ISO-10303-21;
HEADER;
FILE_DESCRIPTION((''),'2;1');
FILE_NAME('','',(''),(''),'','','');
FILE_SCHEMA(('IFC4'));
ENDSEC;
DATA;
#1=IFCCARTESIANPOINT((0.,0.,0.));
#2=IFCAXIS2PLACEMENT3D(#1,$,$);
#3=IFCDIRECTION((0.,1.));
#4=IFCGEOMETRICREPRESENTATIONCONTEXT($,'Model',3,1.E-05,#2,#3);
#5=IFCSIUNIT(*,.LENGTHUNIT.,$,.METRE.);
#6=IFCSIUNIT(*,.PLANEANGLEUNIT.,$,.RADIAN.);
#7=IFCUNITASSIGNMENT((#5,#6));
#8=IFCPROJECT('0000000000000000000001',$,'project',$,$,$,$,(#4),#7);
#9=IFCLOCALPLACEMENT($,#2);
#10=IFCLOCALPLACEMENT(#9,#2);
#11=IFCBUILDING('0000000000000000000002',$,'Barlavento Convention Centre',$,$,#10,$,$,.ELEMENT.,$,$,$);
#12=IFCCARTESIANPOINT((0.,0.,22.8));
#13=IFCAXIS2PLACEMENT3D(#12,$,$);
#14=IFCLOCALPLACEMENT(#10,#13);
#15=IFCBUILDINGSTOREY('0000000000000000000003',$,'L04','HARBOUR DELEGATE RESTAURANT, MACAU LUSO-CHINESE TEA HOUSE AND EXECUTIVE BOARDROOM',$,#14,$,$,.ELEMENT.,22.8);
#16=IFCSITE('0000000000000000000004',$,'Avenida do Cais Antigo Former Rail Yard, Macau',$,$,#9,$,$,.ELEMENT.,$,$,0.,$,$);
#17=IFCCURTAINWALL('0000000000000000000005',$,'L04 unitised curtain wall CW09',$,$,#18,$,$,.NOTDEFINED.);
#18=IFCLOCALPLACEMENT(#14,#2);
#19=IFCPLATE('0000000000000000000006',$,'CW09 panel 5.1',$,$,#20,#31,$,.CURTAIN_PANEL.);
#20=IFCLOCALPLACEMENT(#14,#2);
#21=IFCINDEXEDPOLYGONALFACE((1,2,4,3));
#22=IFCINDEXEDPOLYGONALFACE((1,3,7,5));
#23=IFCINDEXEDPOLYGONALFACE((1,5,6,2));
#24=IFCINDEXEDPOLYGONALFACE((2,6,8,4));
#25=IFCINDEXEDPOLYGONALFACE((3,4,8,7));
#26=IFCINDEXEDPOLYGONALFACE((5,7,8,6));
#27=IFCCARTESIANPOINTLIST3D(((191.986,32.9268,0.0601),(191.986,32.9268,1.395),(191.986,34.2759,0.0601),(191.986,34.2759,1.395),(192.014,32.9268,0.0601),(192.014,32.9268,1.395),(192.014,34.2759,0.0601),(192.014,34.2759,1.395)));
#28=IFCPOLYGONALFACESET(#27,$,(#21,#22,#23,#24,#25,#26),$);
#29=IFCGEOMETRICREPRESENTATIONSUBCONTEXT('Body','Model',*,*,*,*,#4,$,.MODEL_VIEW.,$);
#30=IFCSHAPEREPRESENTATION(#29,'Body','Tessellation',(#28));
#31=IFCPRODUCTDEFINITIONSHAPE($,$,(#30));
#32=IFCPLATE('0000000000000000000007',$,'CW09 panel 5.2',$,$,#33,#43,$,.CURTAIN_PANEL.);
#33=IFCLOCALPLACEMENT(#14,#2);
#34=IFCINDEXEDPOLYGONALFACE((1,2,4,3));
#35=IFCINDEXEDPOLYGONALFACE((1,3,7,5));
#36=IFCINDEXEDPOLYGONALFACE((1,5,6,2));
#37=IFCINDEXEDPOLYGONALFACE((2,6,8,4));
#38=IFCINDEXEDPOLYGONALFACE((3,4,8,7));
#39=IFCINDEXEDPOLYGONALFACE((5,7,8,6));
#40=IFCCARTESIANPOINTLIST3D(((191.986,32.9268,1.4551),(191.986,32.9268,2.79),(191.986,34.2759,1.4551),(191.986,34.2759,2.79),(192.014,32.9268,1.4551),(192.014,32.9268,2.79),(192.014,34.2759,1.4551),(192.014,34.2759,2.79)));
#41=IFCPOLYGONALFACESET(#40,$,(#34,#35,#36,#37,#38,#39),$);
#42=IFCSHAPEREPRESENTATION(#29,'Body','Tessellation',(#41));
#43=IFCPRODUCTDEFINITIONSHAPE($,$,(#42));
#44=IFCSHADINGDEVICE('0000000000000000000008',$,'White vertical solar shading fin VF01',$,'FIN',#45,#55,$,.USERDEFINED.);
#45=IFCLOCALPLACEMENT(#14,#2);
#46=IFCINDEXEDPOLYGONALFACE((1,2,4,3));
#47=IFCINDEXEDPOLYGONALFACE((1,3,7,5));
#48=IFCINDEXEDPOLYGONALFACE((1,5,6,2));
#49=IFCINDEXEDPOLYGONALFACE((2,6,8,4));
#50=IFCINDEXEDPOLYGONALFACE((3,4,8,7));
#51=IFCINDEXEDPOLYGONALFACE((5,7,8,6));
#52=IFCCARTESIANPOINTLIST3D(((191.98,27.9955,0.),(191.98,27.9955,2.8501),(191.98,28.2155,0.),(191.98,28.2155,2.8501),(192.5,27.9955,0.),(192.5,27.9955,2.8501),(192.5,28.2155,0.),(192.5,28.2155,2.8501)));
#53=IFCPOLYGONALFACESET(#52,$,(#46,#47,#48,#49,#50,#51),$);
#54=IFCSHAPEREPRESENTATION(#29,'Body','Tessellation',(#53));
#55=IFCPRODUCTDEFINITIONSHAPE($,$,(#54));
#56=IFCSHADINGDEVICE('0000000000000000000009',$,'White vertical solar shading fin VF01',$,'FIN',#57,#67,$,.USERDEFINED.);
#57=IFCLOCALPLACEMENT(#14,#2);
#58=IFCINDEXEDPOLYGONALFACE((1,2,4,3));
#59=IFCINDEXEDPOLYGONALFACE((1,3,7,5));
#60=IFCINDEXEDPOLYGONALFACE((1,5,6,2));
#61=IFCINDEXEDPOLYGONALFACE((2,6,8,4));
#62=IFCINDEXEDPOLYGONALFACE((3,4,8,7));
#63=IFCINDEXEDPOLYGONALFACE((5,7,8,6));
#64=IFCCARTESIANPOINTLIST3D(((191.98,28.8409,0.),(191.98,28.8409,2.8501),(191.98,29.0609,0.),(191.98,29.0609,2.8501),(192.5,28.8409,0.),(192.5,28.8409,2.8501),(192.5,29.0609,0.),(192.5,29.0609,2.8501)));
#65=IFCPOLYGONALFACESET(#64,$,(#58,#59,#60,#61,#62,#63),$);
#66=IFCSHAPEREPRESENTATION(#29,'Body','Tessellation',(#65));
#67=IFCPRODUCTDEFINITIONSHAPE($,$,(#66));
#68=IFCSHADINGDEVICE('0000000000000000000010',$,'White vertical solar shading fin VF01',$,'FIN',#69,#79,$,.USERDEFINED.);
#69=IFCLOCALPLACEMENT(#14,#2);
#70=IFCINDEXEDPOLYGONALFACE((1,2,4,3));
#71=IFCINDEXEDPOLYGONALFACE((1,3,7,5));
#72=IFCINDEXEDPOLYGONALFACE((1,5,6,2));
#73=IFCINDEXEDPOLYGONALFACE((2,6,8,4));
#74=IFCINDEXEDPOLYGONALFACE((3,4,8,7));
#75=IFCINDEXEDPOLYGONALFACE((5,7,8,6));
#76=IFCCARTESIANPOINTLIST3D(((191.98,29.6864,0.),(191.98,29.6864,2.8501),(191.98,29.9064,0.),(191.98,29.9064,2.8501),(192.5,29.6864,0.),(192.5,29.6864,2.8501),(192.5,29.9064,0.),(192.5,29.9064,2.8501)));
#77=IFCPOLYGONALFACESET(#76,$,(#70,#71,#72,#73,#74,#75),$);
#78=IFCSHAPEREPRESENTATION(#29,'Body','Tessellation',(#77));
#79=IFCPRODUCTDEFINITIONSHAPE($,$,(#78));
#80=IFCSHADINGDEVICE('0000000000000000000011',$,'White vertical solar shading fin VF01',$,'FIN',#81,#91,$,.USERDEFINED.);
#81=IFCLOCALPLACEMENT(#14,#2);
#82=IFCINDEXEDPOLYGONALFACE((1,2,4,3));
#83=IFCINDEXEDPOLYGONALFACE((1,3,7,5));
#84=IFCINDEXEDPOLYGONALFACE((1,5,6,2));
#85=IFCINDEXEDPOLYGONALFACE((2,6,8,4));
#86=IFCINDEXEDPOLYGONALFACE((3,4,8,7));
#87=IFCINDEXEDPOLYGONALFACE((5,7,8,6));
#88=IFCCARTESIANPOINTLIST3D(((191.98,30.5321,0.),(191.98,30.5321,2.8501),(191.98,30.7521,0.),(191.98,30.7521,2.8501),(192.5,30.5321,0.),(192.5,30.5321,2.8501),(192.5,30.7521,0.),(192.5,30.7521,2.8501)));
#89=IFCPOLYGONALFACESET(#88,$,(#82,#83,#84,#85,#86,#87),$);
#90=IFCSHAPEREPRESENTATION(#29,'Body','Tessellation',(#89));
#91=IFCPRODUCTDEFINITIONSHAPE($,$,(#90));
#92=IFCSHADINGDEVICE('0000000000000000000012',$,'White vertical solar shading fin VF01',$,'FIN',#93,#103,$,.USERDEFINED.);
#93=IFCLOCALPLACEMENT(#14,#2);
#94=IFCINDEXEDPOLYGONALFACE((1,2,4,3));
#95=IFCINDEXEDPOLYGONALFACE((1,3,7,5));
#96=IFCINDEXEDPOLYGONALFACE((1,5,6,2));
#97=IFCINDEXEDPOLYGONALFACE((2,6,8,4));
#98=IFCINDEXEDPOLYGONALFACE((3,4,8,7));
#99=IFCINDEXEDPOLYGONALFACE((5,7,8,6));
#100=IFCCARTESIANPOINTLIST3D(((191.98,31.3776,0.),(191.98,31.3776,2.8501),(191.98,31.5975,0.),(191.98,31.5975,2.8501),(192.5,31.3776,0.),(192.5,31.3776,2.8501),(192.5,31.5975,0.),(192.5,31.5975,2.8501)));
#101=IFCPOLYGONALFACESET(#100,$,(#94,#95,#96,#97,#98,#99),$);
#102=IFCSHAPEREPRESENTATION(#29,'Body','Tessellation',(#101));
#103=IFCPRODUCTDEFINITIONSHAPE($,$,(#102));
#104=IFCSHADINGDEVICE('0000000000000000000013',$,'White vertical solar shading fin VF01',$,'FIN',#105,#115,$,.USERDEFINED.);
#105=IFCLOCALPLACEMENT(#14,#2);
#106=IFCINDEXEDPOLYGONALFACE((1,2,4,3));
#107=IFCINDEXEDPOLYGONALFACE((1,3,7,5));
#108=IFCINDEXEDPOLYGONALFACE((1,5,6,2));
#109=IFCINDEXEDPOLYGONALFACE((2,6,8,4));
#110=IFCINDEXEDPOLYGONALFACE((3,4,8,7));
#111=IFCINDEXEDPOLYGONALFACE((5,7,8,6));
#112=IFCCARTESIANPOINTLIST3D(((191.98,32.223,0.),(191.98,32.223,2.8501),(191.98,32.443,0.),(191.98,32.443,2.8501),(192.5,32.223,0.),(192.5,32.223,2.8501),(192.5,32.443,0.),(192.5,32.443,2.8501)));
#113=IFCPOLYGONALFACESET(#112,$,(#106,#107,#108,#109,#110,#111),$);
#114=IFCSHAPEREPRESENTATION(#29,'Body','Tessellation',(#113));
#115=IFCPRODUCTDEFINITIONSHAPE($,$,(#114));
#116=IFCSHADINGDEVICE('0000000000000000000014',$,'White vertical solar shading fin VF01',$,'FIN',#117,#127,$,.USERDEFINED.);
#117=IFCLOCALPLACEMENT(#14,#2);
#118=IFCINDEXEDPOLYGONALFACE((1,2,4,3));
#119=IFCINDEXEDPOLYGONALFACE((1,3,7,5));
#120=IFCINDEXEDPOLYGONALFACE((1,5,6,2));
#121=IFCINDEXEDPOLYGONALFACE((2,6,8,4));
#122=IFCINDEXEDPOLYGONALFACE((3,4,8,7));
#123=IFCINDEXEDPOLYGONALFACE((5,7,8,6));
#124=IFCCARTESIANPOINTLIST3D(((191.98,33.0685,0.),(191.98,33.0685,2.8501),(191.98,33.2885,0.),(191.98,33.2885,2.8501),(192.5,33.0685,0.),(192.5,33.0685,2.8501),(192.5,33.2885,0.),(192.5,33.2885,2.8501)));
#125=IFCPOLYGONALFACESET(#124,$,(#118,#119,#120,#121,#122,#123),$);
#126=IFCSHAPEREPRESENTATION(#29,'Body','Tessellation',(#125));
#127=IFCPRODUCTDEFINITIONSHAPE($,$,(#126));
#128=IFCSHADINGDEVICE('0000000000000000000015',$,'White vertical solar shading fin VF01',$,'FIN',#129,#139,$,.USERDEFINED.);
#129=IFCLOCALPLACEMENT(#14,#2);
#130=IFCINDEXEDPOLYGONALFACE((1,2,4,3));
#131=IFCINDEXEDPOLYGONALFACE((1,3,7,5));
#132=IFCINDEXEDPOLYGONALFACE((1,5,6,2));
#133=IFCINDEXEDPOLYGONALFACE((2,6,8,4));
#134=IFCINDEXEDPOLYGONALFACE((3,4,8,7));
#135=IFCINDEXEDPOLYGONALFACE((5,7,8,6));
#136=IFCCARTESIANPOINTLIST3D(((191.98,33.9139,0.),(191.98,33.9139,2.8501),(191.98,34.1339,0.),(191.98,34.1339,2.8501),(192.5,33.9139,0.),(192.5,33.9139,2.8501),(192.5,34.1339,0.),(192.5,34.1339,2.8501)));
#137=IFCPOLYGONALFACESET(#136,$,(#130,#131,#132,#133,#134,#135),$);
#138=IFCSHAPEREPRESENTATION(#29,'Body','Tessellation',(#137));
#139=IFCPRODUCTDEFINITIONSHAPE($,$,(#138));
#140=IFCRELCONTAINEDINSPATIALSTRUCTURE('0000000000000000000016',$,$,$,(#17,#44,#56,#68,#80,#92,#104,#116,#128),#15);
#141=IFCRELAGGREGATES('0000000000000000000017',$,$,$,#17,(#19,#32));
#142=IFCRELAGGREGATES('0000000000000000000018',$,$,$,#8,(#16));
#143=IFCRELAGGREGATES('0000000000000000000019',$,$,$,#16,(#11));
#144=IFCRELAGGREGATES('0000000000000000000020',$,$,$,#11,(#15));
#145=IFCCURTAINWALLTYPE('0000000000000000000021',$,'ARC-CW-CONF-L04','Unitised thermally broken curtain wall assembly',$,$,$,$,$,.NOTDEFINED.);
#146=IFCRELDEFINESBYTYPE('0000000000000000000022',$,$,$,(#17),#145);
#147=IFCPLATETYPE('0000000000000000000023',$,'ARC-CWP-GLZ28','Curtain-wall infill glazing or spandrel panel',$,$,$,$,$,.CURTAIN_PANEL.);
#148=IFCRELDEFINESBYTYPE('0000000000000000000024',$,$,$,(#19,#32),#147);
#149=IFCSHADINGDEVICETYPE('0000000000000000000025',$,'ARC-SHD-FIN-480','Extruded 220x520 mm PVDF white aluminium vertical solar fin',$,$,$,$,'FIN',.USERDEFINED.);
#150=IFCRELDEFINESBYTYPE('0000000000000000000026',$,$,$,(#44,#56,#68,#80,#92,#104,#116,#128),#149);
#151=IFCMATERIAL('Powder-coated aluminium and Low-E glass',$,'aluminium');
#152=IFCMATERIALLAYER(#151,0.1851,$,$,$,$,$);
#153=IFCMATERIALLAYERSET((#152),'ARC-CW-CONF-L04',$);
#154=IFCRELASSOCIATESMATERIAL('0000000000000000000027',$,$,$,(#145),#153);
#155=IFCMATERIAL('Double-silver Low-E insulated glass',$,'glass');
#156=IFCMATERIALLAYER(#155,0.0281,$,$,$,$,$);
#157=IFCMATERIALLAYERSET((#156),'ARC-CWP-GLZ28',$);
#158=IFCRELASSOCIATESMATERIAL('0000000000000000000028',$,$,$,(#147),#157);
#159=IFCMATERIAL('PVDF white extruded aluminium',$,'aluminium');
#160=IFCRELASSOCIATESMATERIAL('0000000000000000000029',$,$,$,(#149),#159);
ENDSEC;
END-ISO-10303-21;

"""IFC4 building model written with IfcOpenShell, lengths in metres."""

from ifc_helpers import new_model, si_unit, direction, frame, origin, origin_2d, place, context, subcontext, project, spatial, rectangle, extrude, material, layer, layer_set, type_object, element, aggregate, save


model = new_model("IFC4")

# Units and contexts
model_context = context("Model", 3, precision=1e-05, world=origin(), true_north=direction((0.0, 1.0)))
body_context = subcontext(model_context, "Body", "Model", "MODEL_VIEW")
ifc_project = project(units=[si_unit("LENGTHUNIT", "METRE"), si_unit("PLANEANGLEUNIT", "RADIAN")], contexts=[model_context])

# Site, building, storey
site_placement = place(None, origin())
site = spatial("IfcSite", under=ifc_project, at=site_placement, Name="Avenida do Cais Antigo Former Rail Yard, Macau", CompositionType="ELEMENT", RefElevation=0.0)
building_placement = place(site_placement, origin())
building = spatial("IfcBuilding", under=site, at=building_placement, Name="Barlavento Convention Centre", CompositionType="ELEMENT")
storey_placement = place(building_placement, frame((0.0, 0.0, 22.8)))
storey = spatial("IfcBuildingStorey", under=building, at=storey_placement, Name="L04", Description="HARBOUR DELEGATE RESTAURANT, MACAU LUSO-CHINESE TEA HOUSE AND EXECUTIVE BOARDROOM", CompositionType="ELEMENT", Elevation=22.8)

# Curtain wall, plates
ifc_material_1 = material(Name="Powder-coated aluminium and Low-E glass", Category="aluminium")
ifc_layer_1 = layer(ifc_material_1, 0.1851)
ifc_layer_set_1 = layer_set([ifc_layer_1], Name="ARC-CW-CONF-L04")
curtain_wall_type = type_object("IfcCurtainWallType", Name="ARC-CW-CONF-L04", Description="Unitised thermally broken curtain wall assembly", PredefinedType="NOTDEFINED", material=ifc_layer_set_1)
curtain_wall_placement = place(storey_placement, origin())
curtain_wall = element("IfcCurtainWall", 1, at=curtain_wall_placement, inside=storey, type_object=curtain_wall_type, Name="L04 unitised curtain wall CW09", PredefinedType="NOTDEFINED")
ifc_material_2 = material(Name="Double-silver Low-E insulated glass", Category="glass")
ifc_layer_2 = layer(ifc_material_2, 0.0281)
ifc_layer_set_2 = layer_set([ifc_layer_2], Name="ARC-CWP-GLZ28")
plate_type = type_object("IfcPlateType", Name="ARC-CWP-GLZ28", Description="Curtain-wall infill glazing or spandrel panel", PredefinedType="CURTAIN_PANEL", material=ifc_layer_set_2)
plate_1_placement = place(storey_placement, frame((192.0, 33.6013, 0.0601), z_axis=(0.0, 0.0, 1.0), x_axis=(0.0, 1.0, 0.0)))
plate_1 = element("IfcPlate", 2, at=plate_1_placement, type_object=plate_type, Name="CW09 panel 5.1", PredefinedType="CURTAIN_PANEL", context=body_context, shape_type="SweptSolid", body=[
    extrude(rectangle(XDim=1.3491, YDim=0.0281, at=origin_2d()), origin(), (0.0, 0.0, 1.0), 1.335),
])
plate_2_placement = place(storey_placement, frame((192.0, 33.6013, 1.4551), z_axis=(0.0, 0.0, 1.0), x_axis=(0.0, 1.0, 0.0)))
plate_2 = element("IfcPlate", 3, at=plate_2_placement, type_object=plate_type, Name="CW09 panel 5.2", PredefinedType="CURTAIN_PANEL", context=body_context, shape_type="SweptSolid", body=[
    extrude(rectangle(XDim=1.3491, YDim=0.0281, at=origin_2d()), origin(), (0.0, 0.0, 1.0), 1.335),
])
aggregate(curtain_wall, [plate_1, plate_2])

# Shading devices
ifc_material_3 = material(Name="PVDF white extruded aluminium", Category="aluminium")
shading_device_type = type_object("IfcShadingDeviceType", Name="ARC-SHD-FIN-480", Description="Extruded 220x520 mm PVDF white aluminium vertical solar fin", ElementType="FIN", PredefinedType="USERDEFINED", material=ifc_material_3)
for number, where, z_axis, x_axis, name in (
    (4, (192.24, 28.1055, 0.0), (0.0, 0.0, 1.0), (0.0, 1.0, 0.0), "White vertical solar shading fin VF01"),
    (5, (192.24, 28.9509, 0.0), (0.0, 0.0, 1.0), (0.0, 1.0, 0.0), "White vertical solar shading fin VF01"),
    (6, (192.24, 29.7964, 0.0), (0.0, 0.0, 1.0), (0.0, 1.0, 0.0), "White vertical solar shading fin VF01"),
    (7, (192.24, 30.6421, 0.0), (0.0, 0.0, 1.0), (0.0, 1.0, 0.0), "White vertical solar shading fin VF01"),
    (8, (192.24, 31.4875, 0.0), (0.0, 0.0, 1.0), (0.0, 1.0, 0.0), "White vertical solar shading fin VF01"),
    (9, (192.24, 32.333, 0.0), (0.0, 0.0, 1.0), (0.0, 1.0, 0.0), "White vertical solar shading fin VF01"),
    (10, (192.24, 33.1785, 0.0), (0.0, 0.0, 1.0), (0.0, 1.0, 0.0), "White vertical solar shading fin VF01"),
    (11, (192.24, 34.0239, 0.0), (0.0, 0.0, 1.0), (0.0, 1.0, 0.0), "White vertical solar shading fin VF01"),
):
    element("IfcShadingDevice", number, at=place(storey_placement, frame(where, z_axis=z_axis, x_axis=x_axis)), inside=storey, type_object=shading_device_type, Name=name, ObjectType="FIN", PredefinedType="USERDEFINED", context=body_context, shape_type="SweptSolid", body=[
        extrude(rectangle(XDim=0.22, YDim=0.52, at=origin_2d()), origin(), (0.0, 0.0, 1.0), 2.8501),
    ])

save(model, "model.ifc")
